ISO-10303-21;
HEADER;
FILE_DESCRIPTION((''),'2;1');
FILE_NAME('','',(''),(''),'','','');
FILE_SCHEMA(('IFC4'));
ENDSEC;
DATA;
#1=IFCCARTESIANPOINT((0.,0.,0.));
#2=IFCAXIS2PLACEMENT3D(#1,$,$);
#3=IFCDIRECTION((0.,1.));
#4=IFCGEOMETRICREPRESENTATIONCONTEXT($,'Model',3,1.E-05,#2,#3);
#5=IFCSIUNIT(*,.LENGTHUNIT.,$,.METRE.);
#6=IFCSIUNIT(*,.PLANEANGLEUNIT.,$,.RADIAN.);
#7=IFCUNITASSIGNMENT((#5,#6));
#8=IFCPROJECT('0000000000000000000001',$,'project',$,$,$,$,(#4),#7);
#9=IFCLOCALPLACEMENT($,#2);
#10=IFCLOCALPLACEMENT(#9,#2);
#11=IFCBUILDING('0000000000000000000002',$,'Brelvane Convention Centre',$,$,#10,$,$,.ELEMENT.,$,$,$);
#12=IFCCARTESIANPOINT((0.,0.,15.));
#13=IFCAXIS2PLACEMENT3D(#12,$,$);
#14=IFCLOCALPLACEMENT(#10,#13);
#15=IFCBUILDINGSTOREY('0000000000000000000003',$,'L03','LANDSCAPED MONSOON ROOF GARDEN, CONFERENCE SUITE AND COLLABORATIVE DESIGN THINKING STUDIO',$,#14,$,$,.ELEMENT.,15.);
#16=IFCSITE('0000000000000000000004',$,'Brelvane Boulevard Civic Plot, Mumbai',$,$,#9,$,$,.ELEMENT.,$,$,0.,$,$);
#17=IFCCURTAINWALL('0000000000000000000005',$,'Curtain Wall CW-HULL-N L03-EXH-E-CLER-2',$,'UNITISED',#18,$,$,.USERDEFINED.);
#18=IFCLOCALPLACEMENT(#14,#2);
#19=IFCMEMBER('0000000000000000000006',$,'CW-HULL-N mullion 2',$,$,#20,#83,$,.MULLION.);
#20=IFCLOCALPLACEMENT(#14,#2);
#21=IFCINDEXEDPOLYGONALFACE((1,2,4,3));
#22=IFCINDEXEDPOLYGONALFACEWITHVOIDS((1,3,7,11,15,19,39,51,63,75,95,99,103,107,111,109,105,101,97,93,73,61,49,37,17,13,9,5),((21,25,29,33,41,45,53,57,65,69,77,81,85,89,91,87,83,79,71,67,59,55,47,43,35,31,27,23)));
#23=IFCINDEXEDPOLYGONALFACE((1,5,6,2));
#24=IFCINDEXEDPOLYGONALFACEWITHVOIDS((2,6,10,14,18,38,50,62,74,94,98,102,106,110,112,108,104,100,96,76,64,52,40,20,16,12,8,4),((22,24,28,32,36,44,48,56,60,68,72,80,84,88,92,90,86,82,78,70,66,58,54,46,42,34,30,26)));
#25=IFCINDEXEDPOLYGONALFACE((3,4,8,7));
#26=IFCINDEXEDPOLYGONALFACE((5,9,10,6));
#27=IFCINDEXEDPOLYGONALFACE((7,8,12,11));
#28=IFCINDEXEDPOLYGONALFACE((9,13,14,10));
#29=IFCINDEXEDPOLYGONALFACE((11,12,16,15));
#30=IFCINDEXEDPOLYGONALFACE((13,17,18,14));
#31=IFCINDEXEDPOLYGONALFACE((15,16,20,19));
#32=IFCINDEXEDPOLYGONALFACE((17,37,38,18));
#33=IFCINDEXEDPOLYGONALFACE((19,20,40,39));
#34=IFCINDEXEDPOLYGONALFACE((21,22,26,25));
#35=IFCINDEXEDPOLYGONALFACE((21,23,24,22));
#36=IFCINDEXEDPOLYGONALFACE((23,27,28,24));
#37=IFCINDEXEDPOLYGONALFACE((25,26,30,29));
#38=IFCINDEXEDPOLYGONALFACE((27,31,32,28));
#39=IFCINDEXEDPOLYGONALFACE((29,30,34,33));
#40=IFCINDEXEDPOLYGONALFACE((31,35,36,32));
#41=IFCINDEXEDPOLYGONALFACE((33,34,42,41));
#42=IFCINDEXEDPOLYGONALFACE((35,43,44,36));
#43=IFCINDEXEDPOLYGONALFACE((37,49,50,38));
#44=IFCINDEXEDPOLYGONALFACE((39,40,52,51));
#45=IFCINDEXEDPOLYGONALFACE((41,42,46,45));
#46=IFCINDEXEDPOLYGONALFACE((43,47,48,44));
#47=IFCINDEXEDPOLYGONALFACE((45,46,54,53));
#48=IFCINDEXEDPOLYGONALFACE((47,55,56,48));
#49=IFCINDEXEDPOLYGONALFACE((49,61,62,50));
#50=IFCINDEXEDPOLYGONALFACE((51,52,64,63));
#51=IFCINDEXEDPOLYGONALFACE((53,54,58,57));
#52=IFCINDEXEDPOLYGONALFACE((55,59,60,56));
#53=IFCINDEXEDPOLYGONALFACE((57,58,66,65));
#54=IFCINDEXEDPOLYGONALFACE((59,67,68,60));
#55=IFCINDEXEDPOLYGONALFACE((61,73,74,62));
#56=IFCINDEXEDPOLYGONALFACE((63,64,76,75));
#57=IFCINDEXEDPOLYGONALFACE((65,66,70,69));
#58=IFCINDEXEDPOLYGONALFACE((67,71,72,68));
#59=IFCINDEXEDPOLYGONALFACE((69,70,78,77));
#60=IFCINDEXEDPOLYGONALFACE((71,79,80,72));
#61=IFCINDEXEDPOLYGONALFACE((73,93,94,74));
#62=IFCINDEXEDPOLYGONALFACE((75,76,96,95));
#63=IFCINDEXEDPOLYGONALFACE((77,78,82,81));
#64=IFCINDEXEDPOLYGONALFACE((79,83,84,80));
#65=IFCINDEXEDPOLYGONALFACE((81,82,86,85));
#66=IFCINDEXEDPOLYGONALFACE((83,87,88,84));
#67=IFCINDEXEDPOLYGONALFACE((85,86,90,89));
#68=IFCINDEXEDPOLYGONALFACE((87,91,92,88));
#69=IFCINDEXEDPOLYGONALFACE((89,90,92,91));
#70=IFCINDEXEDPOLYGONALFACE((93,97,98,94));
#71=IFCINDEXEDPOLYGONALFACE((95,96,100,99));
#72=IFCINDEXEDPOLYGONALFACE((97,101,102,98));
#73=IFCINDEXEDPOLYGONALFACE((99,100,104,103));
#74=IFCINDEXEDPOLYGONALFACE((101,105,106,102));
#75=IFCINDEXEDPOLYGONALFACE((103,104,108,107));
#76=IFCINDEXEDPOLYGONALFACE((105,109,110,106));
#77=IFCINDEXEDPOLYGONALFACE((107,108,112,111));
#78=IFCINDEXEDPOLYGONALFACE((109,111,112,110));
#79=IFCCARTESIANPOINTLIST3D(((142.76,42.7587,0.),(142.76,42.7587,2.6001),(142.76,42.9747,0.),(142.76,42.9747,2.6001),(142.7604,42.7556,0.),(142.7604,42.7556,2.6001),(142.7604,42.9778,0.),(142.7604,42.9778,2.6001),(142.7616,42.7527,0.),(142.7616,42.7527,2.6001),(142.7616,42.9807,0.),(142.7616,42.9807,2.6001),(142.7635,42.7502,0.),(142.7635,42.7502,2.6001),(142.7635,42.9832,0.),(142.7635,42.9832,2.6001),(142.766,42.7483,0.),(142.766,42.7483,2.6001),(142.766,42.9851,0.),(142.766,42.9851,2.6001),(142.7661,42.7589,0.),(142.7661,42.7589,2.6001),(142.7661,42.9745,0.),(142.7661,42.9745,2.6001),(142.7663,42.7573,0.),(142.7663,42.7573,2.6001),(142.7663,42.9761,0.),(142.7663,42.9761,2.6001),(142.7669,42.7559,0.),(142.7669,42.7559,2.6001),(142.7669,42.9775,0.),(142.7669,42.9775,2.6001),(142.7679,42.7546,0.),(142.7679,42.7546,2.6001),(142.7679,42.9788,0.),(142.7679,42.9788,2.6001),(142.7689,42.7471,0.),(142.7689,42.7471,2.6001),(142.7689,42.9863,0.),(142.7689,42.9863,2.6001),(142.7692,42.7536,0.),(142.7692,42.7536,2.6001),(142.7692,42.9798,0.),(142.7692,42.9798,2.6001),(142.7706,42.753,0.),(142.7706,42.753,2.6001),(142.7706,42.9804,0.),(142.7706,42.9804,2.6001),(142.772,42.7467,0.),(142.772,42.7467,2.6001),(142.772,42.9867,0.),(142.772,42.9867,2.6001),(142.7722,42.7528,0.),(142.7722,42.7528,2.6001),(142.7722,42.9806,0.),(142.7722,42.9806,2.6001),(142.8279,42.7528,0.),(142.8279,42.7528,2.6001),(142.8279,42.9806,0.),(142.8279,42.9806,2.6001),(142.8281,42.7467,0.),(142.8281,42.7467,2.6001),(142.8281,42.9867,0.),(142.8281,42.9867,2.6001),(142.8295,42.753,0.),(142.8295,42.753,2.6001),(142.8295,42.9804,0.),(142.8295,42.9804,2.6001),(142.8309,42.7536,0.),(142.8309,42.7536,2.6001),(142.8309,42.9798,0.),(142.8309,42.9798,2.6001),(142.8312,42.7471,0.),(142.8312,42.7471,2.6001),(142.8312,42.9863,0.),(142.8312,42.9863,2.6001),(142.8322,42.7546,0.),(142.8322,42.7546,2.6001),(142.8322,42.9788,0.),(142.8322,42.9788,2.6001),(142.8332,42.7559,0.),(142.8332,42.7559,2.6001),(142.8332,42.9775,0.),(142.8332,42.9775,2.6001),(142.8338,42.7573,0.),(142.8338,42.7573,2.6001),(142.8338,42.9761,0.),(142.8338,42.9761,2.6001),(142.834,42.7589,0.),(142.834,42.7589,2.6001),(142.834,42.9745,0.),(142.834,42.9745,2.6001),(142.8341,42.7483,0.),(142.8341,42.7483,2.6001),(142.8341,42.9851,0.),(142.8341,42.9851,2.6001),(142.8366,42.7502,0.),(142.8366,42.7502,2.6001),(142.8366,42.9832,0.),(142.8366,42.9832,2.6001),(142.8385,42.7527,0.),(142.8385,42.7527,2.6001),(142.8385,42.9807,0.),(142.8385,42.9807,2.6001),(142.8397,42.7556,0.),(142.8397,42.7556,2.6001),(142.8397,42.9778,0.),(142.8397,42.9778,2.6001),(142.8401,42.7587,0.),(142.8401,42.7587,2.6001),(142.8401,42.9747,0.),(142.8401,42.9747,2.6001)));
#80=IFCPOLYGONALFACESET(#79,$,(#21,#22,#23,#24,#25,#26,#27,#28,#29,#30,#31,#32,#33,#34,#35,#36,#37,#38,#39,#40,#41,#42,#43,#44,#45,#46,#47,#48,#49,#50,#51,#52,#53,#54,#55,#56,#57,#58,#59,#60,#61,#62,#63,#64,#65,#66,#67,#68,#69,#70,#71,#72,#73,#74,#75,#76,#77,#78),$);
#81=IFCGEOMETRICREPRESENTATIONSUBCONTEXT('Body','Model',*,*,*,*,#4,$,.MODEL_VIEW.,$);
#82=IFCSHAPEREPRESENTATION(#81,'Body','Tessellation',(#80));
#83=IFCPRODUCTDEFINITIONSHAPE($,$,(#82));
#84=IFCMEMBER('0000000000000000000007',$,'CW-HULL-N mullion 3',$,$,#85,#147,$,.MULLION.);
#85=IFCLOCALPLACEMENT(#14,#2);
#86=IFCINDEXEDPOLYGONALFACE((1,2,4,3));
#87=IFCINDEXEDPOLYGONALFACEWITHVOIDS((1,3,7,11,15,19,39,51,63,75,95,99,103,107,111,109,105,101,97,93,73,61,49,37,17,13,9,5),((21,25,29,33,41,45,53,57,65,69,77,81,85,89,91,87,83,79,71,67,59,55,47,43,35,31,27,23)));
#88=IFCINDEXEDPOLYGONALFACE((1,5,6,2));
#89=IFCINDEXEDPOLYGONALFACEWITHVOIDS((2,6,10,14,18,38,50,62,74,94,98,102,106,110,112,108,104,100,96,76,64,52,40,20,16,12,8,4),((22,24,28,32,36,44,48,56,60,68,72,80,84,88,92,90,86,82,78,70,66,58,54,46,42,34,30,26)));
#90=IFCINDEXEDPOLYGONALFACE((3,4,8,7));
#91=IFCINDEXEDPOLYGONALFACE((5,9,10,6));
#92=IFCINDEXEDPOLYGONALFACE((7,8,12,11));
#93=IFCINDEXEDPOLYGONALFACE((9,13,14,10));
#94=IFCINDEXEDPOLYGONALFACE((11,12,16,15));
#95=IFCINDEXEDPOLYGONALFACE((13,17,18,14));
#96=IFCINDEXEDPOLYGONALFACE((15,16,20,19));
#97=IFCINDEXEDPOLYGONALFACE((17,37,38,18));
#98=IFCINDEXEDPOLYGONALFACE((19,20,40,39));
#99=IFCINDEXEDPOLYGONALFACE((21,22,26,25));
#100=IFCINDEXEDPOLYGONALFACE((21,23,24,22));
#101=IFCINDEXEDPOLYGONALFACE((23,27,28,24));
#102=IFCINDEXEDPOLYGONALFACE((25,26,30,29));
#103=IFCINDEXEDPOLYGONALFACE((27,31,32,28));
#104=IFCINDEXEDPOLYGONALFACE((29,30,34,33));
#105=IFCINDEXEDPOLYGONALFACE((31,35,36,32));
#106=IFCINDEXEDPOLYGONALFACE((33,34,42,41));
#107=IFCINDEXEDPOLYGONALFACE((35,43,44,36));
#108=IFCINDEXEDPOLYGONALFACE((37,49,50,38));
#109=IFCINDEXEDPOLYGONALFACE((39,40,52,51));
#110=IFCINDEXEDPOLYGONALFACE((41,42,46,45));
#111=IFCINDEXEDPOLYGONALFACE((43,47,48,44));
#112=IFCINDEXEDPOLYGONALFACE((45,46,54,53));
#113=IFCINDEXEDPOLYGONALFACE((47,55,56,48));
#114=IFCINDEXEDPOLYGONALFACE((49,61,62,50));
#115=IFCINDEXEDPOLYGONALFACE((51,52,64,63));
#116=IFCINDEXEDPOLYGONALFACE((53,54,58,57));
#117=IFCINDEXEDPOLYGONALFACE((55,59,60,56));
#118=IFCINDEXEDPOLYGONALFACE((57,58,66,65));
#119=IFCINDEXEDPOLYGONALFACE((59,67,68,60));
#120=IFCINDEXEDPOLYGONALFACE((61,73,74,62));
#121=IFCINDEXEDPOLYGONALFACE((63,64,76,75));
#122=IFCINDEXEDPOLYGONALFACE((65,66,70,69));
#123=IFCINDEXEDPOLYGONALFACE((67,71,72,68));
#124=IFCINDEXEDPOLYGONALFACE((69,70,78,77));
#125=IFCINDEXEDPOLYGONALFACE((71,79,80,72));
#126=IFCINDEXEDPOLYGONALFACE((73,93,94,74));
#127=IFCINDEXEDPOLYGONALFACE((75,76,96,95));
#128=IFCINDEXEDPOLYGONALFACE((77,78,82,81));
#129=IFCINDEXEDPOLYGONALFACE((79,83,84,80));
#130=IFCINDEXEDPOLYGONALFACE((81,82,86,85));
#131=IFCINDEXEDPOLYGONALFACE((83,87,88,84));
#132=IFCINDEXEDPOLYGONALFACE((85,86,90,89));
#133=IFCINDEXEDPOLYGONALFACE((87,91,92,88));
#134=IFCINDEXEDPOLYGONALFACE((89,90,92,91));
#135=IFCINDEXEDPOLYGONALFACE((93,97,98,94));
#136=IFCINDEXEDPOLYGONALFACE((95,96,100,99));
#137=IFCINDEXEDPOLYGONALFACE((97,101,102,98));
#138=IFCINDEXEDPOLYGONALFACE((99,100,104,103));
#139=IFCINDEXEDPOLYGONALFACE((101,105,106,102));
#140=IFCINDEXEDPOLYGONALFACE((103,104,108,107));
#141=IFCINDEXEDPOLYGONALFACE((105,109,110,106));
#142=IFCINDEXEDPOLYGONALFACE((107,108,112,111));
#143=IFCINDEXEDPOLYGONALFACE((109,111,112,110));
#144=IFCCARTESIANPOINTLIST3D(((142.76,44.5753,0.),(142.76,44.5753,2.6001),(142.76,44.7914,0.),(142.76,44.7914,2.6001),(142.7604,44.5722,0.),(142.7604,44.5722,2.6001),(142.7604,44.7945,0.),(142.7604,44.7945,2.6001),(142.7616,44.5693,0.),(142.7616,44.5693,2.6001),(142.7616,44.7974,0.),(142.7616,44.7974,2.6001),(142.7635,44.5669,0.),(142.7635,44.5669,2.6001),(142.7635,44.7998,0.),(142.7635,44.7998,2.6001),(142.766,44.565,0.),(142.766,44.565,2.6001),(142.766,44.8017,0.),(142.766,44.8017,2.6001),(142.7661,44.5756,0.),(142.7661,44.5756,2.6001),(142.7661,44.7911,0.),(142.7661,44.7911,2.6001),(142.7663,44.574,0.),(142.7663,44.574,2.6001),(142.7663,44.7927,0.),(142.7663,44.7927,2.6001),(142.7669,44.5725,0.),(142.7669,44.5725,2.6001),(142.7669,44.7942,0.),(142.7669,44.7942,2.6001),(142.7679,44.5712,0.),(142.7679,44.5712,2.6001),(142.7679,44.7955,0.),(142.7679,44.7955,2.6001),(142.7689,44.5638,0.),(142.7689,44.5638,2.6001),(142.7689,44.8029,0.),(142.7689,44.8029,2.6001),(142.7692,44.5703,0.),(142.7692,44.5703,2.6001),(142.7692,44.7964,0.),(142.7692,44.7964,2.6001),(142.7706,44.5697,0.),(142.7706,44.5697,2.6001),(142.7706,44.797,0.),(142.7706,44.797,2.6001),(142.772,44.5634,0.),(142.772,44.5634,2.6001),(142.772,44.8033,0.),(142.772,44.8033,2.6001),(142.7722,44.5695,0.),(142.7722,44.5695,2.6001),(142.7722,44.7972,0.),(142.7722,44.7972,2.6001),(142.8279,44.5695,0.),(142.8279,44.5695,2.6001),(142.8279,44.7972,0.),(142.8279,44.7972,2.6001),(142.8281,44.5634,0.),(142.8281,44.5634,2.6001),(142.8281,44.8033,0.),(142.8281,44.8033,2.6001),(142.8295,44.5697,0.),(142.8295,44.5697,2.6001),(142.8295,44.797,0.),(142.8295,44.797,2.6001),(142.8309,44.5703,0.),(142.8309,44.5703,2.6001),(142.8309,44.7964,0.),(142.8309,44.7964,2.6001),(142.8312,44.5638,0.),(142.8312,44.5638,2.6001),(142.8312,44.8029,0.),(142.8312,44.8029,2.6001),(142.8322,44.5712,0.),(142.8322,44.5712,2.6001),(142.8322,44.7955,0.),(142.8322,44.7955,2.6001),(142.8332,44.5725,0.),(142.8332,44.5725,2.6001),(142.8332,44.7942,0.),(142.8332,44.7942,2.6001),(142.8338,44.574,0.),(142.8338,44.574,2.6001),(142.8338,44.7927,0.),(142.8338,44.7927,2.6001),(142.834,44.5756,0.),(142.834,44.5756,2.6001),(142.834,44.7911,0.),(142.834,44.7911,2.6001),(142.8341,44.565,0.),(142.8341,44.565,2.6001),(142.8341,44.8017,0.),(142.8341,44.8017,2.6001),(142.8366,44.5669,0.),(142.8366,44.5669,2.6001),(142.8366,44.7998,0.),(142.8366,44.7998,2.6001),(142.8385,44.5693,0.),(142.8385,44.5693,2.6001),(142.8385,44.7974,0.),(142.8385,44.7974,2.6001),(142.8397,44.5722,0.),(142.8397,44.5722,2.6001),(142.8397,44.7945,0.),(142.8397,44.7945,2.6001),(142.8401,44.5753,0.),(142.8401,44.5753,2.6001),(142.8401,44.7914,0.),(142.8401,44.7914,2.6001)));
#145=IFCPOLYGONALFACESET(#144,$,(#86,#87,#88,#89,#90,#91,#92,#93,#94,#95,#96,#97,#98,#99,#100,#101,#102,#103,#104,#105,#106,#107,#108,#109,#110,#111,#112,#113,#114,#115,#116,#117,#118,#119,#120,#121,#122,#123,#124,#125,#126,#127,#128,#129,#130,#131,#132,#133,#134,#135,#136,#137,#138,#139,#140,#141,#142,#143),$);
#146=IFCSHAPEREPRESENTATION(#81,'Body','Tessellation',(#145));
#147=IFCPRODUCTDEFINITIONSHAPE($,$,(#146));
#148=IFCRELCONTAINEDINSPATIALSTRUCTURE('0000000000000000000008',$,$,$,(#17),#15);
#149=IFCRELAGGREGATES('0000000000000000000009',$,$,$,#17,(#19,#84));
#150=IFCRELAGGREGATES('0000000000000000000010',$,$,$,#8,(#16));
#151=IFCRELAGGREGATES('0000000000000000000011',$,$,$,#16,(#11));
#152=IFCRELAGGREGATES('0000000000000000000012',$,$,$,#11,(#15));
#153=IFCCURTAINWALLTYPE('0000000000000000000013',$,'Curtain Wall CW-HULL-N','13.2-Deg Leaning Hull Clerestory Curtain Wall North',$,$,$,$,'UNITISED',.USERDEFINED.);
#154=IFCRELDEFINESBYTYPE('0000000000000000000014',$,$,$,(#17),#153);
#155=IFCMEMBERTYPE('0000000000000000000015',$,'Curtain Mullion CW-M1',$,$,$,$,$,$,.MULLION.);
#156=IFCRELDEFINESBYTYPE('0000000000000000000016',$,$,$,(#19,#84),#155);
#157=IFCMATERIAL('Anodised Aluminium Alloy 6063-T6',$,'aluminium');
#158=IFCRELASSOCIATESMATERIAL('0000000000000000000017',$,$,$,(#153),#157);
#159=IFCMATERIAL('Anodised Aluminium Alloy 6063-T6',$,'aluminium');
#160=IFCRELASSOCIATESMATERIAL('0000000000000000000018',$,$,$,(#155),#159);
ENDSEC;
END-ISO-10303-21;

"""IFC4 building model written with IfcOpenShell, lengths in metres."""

from ifc_helpers import new_model, si_unit, direction, frame, origin, origin_2d, place, context, subcontext, project, spatial, hollow_rectangle, extrude, material, material_profile, profile_set, type_object, element, aggregate, save


model = new_model("IFC4")

# Units and contexts
model_context = context("Model", 3, precision=1e-05, world=origin(), true_north=direction((0.0, 1.0)))
body_context = subcontext(model_context, "Body", "Model", "MODEL_VIEW")
ifc_project = project(units=[si_unit("LENGTHUNIT", "METRE"), si_unit("PLANEANGLEUNIT", "RADIAN")], contexts=[model_context])

# Site, building, storey
site_placement = place(None, origin())
site = spatial("IfcSite", under=ifc_project, at=site_placement, Name="Brelvane Boulevard Civic Plot, Mumbai", CompositionType="ELEMENT", RefElevation=0.0)
building_placement = place(site_placement, origin())
building = spatial("IfcBuilding", under=site, at=building_placement, Name="Brelvane Convention Centre", CompositionType="ELEMENT")
storey_placement = place(building_placement, frame((0.0, 0.0, 15.0)))
storey = spatial("IfcBuildingStorey", under=building, at=storey_placement, Name="L03", Description="LANDSCAPED MONSOON ROOF GARDEN, CONFERENCE SUITE AND COLLABORATIVE DESIGN THINKING STUDIO", CompositionType="ELEMENT", Elevation=15.0)

# Curtain wall, members
ifc_material_1 = material(Name="Anodised Aluminium Alloy 6063-T6", Category="aluminium")
curtain_wall_type = type_object("IfcCurtainWallType", Name="Curtain Wall CW-HULL-N", Description="13.2-Deg Leaning Hull Clerestory Curtain Wall North", ElementType="UNITISED", PredefinedType="USERDEFINED", material=ifc_material_1)
curtain_wall_placement = place(storey_placement, origin())
curtain_wall = element("IfcCurtainWall", 1, at=curtain_wall_placement, inside=storey, type_object=curtain_wall_type, Name="Curtain Wall CW-HULL-N L03-EXH-E-CLER-2", ObjectType="UNITISED", PredefinedType="USERDEFINED")
ifc_material_2 = material(Name="Anodised Aluminium Alloy 6063-T6", Category="aluminium")
ifc_material_profile_1 = material_profile(ifc_material_2, hollow_rectangle(XDim=0.0801, YDim=0.24, WallThickness=0.0061, InnerFilletRadius=0.0061, OuterFilletRadius=0.012, at=origin_2d()), Name="ALU-M 240x80x6.0")
ifc_profile_set_1 = profile_set([ifc_material_profile_1], Name="Anodised Aluminium Alloy 6063-T6")
member_type_1 = type_object("IfcMemberType", Name="Curtain Mullion CW-M1", PredefinedType="MULLION", material=ifc_profile_set_1)
member_1_placement = place(storey_placement, frame((142.8, 42.8667, 0.0), z_axis=(0.0, 0.0, 1.0), x_axis=(-1.0, 0.0, 0.0)))
member_1 = element("IfcMember", 2, at=member_1_placement, type_object=member_type_1, Name="CW-HULL-N mullion 2", PredefinedType="MULLION", context=body_context, shape_type="SweptSolid", body=[
    extrude(hollow_rectangle(XDim=0.0801, YDim=0.24, WallThickness=0.0061, InnerFilletRadius=0.0061, OuterFilletRadius=0.012, at=origin_2d()), origin(), (0.0, 0.0, 1.0), 2.6001),
])
member_2_placement = place(storey_placement, frame((142.8, 44.6833, 0.0), z_axis=(0.0, 0.0, 1.0), x_axis=(-1.0, 0.0, 0.0)))
member_2 = element("IfcMember", 3, at=member_2_placement, type_object=member_type_1, Name="CW-HULL-N mullion 3", PredefinedType="MULLION", context=body_context, shape_type="SweptSolid", body=[
    extrude(hollow_rectangle(XDim=0.0801, YDim=0.24, WallThickness=0.0061, InnerFilletRadius=0.0061, OuterFilletRadius=0.012, at=origin_2d()), origin(), (0.0, 0.0, 1.0), 2.6001),
])
aggregate(curtain_wall, [member_1, member_2])

save(model, "model.ifc")
